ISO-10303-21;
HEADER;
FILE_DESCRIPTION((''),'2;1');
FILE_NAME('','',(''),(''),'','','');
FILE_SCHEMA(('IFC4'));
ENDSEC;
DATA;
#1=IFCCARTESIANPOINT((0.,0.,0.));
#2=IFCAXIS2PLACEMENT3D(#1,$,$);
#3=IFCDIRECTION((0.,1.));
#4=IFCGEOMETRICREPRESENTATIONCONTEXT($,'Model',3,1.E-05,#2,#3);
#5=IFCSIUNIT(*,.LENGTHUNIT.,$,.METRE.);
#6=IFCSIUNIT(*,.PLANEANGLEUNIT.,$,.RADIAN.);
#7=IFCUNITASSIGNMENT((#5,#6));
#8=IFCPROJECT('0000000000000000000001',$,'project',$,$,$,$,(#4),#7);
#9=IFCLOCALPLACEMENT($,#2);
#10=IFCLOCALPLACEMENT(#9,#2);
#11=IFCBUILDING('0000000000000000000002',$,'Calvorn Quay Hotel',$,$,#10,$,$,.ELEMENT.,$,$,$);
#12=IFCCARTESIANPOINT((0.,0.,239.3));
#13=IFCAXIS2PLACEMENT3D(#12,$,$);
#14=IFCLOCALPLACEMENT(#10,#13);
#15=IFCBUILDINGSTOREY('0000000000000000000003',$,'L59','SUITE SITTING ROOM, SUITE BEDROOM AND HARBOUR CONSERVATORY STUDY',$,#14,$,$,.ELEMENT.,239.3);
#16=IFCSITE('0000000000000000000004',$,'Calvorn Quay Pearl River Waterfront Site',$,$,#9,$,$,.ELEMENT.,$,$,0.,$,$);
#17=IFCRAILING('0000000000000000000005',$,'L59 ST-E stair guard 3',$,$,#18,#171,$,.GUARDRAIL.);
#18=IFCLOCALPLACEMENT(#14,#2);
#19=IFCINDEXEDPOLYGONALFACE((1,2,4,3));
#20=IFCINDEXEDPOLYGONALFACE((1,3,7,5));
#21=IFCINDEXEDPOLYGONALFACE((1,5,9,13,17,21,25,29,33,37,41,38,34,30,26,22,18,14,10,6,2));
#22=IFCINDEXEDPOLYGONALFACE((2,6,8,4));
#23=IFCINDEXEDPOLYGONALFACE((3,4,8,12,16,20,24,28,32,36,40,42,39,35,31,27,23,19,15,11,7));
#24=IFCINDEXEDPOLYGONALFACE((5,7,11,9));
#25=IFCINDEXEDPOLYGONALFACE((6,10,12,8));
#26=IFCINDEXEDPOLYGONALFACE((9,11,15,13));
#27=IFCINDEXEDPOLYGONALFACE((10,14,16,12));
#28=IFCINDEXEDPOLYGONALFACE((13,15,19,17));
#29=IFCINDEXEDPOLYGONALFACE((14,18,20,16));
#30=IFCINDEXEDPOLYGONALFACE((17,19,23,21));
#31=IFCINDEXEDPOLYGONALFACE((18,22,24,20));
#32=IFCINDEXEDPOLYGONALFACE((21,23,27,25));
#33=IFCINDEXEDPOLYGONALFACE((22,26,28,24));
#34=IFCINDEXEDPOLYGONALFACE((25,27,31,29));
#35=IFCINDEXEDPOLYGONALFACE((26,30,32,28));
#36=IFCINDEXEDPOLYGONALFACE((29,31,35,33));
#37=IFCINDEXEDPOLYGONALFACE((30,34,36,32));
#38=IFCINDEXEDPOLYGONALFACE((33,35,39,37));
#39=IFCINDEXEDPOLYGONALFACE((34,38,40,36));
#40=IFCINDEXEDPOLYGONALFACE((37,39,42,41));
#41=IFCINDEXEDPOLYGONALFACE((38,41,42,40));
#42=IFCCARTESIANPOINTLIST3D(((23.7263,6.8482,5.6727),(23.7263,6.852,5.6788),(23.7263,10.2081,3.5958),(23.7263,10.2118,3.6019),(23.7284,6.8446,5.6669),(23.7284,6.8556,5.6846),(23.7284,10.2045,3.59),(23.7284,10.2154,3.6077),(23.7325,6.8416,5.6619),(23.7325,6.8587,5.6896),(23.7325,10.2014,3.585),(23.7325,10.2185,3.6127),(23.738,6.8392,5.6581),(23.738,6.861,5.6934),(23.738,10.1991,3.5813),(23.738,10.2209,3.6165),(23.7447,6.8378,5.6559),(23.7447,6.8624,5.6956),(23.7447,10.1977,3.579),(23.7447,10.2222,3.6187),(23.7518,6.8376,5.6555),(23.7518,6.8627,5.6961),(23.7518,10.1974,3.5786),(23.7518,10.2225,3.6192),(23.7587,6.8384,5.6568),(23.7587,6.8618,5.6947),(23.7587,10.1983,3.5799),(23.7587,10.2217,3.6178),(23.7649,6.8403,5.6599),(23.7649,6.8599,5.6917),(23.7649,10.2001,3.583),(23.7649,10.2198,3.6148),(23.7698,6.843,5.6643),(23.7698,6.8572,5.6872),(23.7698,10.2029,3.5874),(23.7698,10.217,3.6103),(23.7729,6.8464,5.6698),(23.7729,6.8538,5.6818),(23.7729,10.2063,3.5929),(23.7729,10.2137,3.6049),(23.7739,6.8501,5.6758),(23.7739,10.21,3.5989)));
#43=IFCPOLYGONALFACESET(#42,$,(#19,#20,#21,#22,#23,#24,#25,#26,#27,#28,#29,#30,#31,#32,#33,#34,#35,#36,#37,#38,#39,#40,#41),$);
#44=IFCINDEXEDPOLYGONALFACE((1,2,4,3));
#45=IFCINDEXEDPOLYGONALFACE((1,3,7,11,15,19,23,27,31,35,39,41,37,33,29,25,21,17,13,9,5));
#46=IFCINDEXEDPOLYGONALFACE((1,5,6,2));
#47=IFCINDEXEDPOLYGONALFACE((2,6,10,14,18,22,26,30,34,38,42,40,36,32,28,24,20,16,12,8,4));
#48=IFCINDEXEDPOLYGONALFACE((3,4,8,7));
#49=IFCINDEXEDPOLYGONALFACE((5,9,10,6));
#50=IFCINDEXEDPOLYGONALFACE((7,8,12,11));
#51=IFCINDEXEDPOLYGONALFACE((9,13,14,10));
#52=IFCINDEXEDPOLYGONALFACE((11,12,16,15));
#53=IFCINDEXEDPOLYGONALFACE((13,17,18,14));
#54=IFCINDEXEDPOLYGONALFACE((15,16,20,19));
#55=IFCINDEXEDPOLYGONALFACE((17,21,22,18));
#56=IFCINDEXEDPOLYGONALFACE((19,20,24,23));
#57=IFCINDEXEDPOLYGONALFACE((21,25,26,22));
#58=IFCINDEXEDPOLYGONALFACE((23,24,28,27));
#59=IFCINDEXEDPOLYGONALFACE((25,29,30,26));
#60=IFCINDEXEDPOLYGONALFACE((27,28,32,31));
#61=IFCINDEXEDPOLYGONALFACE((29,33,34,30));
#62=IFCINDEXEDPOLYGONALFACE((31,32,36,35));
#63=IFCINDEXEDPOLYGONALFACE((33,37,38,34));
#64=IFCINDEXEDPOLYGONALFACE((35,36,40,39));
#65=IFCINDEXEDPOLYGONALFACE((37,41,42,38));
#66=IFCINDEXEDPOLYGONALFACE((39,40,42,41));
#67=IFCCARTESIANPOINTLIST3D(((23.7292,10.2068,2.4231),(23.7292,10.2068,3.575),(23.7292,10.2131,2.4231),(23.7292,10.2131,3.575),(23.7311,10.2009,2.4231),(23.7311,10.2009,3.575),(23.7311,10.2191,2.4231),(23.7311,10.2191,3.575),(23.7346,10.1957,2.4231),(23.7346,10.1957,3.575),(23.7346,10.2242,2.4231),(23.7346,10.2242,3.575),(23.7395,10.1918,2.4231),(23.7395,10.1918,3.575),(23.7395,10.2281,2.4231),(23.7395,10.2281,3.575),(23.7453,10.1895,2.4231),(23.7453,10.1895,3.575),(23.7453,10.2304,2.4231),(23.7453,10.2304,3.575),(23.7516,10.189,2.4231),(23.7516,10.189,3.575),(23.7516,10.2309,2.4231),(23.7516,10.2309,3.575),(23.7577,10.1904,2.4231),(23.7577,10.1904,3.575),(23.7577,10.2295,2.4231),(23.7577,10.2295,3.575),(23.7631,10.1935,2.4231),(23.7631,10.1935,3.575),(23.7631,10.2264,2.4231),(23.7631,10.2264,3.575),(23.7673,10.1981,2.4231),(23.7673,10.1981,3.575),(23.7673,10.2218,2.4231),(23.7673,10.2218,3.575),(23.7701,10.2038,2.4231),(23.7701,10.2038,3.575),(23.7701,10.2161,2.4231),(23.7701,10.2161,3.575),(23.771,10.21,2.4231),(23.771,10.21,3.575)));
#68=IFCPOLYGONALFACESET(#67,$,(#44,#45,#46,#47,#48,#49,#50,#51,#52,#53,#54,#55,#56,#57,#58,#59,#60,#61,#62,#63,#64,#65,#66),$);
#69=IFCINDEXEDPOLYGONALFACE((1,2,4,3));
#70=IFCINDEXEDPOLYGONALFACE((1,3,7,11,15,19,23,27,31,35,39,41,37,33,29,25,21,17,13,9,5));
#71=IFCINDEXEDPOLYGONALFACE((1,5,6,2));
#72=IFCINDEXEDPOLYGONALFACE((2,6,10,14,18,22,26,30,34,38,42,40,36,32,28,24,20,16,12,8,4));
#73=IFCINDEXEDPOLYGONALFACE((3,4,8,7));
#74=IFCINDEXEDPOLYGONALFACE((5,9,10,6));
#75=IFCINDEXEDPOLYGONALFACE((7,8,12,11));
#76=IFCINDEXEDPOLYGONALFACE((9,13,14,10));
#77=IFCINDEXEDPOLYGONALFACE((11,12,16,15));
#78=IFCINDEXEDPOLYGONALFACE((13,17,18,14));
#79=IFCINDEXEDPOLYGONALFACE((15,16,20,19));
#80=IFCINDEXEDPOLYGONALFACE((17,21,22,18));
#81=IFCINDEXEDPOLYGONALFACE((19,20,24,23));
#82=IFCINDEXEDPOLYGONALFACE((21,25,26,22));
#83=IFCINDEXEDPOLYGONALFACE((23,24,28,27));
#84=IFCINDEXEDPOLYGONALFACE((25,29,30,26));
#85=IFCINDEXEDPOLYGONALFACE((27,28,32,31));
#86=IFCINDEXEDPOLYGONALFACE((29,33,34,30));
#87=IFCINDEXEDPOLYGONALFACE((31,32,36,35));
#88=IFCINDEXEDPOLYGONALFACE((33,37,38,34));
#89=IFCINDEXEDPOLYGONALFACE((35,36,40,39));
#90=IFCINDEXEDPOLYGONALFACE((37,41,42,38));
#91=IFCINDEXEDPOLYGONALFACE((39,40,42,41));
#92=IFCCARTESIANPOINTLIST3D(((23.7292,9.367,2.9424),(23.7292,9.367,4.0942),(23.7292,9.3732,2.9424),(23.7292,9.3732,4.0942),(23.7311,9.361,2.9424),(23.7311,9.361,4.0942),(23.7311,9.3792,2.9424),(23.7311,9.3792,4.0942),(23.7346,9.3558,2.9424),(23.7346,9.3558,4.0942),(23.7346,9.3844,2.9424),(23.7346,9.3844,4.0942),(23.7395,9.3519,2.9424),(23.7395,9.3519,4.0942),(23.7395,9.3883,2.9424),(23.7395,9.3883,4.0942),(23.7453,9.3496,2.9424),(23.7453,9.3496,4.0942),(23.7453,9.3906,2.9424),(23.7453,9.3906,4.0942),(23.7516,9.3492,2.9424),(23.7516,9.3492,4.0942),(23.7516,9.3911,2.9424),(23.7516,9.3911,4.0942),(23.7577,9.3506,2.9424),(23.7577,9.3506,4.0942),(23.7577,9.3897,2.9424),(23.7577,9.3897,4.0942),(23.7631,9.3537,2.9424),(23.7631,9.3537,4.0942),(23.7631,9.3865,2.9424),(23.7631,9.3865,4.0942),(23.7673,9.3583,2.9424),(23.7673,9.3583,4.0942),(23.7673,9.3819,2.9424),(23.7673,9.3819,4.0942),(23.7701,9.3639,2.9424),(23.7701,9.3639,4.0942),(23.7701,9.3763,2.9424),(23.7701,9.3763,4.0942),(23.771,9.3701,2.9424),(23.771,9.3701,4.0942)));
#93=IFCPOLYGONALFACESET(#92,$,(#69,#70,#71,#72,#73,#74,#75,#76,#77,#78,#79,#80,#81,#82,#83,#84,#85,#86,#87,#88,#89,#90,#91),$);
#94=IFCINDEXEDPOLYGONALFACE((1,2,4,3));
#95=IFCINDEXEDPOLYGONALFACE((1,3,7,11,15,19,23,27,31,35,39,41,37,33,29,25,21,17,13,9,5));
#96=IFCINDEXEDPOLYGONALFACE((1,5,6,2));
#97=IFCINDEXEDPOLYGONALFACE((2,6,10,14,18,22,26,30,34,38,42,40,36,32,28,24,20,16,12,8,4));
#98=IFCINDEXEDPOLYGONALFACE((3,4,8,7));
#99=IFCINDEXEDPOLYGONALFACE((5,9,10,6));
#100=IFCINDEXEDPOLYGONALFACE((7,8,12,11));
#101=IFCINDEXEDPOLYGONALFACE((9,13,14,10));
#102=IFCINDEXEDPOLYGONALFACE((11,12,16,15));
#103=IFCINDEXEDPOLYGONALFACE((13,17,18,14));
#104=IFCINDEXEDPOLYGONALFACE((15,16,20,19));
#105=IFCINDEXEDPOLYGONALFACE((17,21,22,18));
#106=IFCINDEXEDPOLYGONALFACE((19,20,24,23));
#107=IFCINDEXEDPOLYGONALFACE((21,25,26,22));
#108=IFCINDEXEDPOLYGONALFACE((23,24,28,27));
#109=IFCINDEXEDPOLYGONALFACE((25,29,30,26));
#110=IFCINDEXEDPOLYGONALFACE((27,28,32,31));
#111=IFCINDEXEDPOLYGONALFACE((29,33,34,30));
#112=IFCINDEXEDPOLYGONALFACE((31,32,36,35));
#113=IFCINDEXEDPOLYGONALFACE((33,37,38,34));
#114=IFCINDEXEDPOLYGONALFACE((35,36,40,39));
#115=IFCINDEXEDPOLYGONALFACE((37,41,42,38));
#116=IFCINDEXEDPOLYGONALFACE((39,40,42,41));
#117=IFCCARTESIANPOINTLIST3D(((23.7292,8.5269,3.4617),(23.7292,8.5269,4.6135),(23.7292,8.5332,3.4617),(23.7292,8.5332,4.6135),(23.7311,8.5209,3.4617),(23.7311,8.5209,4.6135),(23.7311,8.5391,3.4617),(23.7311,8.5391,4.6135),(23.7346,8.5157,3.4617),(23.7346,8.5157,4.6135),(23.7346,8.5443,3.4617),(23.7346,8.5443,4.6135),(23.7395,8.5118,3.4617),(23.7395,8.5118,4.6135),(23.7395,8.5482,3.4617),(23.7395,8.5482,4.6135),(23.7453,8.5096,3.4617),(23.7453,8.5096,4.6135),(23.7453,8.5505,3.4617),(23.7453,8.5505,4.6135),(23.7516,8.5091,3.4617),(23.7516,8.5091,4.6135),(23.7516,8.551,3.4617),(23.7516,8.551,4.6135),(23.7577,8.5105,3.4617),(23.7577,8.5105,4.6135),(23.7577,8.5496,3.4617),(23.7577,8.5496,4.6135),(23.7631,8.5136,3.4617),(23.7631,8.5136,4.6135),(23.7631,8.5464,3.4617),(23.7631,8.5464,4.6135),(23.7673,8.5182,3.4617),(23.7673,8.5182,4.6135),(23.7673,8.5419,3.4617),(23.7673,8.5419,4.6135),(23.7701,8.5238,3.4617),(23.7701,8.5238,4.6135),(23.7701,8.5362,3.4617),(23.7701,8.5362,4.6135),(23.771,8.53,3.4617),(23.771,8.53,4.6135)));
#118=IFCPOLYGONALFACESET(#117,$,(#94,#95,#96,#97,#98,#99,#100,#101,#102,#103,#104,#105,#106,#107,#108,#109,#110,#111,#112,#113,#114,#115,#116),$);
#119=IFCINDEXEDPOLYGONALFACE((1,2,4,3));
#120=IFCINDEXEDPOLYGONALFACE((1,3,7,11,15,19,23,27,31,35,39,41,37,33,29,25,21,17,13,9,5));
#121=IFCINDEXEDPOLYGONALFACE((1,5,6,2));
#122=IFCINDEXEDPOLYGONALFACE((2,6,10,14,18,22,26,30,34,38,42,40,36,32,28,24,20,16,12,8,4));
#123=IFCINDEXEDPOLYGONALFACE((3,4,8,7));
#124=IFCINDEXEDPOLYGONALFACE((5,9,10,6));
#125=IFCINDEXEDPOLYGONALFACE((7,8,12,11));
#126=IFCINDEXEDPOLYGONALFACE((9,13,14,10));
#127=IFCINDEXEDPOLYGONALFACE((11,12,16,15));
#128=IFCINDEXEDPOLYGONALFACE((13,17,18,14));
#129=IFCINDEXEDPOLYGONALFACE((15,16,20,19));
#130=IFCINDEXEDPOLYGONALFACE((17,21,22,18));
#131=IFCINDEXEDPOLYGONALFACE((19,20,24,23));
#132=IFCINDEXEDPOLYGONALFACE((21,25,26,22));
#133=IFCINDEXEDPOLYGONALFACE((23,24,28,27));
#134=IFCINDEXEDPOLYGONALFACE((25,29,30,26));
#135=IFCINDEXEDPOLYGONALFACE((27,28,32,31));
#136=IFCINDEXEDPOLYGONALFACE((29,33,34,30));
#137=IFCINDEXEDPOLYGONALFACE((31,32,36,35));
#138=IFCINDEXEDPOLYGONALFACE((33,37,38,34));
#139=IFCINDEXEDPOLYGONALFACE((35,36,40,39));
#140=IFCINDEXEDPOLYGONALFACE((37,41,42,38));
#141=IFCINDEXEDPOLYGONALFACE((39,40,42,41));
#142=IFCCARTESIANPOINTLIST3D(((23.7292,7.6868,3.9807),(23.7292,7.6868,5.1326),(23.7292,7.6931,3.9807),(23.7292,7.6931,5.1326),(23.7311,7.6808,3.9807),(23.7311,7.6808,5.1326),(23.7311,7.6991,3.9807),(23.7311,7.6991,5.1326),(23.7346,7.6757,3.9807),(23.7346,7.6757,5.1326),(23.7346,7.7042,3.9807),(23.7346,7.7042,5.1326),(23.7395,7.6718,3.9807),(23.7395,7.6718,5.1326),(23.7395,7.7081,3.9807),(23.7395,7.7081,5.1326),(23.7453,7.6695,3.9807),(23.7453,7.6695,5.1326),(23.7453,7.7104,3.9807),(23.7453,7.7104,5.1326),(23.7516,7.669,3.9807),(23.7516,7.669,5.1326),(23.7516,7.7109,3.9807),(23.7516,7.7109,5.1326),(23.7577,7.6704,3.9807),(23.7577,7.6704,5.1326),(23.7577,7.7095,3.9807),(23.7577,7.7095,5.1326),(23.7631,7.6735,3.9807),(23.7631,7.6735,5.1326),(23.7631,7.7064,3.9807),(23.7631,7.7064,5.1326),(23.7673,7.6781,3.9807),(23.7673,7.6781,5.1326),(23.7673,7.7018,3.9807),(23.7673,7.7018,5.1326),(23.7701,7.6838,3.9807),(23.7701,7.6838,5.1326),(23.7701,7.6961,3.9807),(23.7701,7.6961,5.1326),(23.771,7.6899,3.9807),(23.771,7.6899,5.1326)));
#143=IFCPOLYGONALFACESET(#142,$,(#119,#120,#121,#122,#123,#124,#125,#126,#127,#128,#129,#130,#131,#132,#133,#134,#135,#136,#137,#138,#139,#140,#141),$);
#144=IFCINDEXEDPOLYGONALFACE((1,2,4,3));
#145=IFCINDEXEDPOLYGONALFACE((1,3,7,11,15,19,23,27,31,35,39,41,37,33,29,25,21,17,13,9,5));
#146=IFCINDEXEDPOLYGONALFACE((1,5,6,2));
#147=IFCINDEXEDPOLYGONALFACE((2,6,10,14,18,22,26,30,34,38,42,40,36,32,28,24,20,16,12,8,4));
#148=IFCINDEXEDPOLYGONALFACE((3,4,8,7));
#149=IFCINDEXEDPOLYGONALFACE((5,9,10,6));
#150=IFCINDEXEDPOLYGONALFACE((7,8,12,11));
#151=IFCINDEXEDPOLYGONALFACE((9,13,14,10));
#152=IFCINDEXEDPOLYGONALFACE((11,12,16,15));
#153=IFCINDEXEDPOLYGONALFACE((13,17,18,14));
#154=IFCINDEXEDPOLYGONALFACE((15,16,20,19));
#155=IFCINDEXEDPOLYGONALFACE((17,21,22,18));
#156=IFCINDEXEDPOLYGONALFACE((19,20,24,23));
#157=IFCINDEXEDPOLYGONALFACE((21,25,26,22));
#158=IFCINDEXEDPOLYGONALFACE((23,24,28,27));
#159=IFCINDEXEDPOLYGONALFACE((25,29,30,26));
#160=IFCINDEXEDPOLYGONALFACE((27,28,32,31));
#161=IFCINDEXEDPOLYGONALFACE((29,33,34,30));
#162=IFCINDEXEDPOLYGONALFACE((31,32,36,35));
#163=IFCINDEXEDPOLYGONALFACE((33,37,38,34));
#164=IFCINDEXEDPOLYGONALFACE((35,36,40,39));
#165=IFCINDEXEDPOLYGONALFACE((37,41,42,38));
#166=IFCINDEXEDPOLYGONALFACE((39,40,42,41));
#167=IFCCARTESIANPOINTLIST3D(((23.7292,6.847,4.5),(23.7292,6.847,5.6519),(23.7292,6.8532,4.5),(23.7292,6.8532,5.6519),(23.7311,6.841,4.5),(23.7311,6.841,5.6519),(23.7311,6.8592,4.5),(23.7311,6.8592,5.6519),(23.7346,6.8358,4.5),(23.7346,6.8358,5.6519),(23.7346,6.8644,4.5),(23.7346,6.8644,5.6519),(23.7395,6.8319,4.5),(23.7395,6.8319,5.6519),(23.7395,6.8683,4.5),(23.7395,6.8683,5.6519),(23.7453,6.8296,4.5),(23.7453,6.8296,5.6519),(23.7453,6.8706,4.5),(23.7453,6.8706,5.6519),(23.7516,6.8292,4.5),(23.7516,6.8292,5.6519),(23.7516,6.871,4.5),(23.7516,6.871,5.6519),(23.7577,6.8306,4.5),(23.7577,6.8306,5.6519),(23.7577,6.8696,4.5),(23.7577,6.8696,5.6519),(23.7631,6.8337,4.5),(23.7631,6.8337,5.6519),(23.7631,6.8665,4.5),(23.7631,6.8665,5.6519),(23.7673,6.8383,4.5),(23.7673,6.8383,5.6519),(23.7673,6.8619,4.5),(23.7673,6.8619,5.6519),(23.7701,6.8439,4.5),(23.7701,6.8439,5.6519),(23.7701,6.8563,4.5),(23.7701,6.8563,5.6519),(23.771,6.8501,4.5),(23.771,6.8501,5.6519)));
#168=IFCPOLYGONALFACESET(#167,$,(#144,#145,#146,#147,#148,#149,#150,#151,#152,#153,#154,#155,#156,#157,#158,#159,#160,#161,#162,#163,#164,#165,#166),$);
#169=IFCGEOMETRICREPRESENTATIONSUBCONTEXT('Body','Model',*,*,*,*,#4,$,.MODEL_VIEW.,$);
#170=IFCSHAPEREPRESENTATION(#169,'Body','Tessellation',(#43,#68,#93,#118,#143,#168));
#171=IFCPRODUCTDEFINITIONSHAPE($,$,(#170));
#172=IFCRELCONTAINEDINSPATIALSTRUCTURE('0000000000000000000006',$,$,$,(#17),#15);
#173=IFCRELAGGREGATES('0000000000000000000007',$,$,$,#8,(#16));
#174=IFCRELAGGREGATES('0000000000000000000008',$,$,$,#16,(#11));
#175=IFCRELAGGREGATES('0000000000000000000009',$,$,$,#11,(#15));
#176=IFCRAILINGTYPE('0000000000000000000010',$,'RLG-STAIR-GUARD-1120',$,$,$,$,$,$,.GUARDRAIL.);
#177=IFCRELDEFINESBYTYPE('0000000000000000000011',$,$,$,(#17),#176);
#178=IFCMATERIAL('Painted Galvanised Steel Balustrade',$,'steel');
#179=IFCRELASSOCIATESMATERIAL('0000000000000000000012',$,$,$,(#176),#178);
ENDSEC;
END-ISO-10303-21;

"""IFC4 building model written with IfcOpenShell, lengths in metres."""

from ifc_helpers import new_model, si_unit, direction, frame, origin, origin_2d, place, context, subcontext, project, spatial, circle, extrude, material, type_object, element, save


model = new_model("IFC4")

# Units and contexts
model_context = context("Model", 3, precision=1e-05, world=origin(), true_north=direction((0.0, 1.0)))
body_context = subcontext(model_context, "Body", "Model", "MODEL_VIEW")
ifc_project = project(units=[si_unit("LENGTHUNIT", "METRE"), si_unit("PLANEANGLEUNIT", "RADIAN")], contexts=[model_context])

# Site, building, storey
site_placement = place(None, origin())
site = spatial("IfcSite", under=ifc_project, at=site_placement, Name="Calvorn Quay Pearl River Waterfront Site", CompositionType="ELEMENT", RefElevation=0.0)
building_placement = place(site_placement, origin())
building = spatial("IfcBuilding", under=site, at=building_placement, Name="Calvorn Quay Hotel", CompositionType="ELEMENT")
storey_placement = place(building_placement, frame((0.0, 0.0, 239.3)))
storey = spatial("IfcBuildingStorey", under=building, at=storey_placement, Name="L59", Description="SUITE SITTING ROOM, SUITE BEDROOM AND HARBOUR CONSERVATORY STUDY", CompositionType="ELEMENT", Elevation=239.3)

# Railing
ifc_material_1 = material(Name="Painted Galvanised Steel Balustrade", Category="steel")
railing_type_1 = type_object("IfcRailingType", Name="RLG-STAIR-GUARD-1120", PredefinedType="GUARDRAIL", material=ifc_material_1)
railing_1_placement = place(storey_placement, frame((23.75, 10.21, 2.4231)))
element("IfcRailing", 1, at=railing_1_placement, inside=storey, type_object=railing_type_1, Name="L59 ST-E stair guard 3", PredefinedType="GUARDRAIL", context=body_context, shape_type="SweptSolid", body=[
    extrude(circle(Radius=0.0239, at=origin_2d()), frame((0.0, 0.0, 1.1758), z_axis=(0.0, -0.850606, 0.525803), x_axis=(1.0, 0.0, 0.0)), (0.0, 0.0, 1.0), 3.95),
    extrude(circle(Radius=0.021, at=origin_2d()), origin(), (0.0, 0.0, 1.0), 1.1519),
    extrude(circle(Radius=0.021, at=origin_2d()), frame((0.0, -0.8398, 0.5193)), (0.0, 0.0, 1.0), 1.1519),
    extrude(circle(Radius=0.021, at=origin_2d()), frame((0.0, -1.6799, 1.0386)), (0.0, 0.0, 1.0), 1.1519),
    extrude(circle(Radius=0.021, at=origin_2d()), frame((0.0, -2.52, 1.5576)), (0.0, 0.0, 1.0), 1.1519),
    extrude(circle(Radius=0.021, at=origin_2d()), frame((0.0, -3.3599, 2.0769)), (0.0, 0.0, 1.0), 1.1519),
])

save(model, "model.ifc")
